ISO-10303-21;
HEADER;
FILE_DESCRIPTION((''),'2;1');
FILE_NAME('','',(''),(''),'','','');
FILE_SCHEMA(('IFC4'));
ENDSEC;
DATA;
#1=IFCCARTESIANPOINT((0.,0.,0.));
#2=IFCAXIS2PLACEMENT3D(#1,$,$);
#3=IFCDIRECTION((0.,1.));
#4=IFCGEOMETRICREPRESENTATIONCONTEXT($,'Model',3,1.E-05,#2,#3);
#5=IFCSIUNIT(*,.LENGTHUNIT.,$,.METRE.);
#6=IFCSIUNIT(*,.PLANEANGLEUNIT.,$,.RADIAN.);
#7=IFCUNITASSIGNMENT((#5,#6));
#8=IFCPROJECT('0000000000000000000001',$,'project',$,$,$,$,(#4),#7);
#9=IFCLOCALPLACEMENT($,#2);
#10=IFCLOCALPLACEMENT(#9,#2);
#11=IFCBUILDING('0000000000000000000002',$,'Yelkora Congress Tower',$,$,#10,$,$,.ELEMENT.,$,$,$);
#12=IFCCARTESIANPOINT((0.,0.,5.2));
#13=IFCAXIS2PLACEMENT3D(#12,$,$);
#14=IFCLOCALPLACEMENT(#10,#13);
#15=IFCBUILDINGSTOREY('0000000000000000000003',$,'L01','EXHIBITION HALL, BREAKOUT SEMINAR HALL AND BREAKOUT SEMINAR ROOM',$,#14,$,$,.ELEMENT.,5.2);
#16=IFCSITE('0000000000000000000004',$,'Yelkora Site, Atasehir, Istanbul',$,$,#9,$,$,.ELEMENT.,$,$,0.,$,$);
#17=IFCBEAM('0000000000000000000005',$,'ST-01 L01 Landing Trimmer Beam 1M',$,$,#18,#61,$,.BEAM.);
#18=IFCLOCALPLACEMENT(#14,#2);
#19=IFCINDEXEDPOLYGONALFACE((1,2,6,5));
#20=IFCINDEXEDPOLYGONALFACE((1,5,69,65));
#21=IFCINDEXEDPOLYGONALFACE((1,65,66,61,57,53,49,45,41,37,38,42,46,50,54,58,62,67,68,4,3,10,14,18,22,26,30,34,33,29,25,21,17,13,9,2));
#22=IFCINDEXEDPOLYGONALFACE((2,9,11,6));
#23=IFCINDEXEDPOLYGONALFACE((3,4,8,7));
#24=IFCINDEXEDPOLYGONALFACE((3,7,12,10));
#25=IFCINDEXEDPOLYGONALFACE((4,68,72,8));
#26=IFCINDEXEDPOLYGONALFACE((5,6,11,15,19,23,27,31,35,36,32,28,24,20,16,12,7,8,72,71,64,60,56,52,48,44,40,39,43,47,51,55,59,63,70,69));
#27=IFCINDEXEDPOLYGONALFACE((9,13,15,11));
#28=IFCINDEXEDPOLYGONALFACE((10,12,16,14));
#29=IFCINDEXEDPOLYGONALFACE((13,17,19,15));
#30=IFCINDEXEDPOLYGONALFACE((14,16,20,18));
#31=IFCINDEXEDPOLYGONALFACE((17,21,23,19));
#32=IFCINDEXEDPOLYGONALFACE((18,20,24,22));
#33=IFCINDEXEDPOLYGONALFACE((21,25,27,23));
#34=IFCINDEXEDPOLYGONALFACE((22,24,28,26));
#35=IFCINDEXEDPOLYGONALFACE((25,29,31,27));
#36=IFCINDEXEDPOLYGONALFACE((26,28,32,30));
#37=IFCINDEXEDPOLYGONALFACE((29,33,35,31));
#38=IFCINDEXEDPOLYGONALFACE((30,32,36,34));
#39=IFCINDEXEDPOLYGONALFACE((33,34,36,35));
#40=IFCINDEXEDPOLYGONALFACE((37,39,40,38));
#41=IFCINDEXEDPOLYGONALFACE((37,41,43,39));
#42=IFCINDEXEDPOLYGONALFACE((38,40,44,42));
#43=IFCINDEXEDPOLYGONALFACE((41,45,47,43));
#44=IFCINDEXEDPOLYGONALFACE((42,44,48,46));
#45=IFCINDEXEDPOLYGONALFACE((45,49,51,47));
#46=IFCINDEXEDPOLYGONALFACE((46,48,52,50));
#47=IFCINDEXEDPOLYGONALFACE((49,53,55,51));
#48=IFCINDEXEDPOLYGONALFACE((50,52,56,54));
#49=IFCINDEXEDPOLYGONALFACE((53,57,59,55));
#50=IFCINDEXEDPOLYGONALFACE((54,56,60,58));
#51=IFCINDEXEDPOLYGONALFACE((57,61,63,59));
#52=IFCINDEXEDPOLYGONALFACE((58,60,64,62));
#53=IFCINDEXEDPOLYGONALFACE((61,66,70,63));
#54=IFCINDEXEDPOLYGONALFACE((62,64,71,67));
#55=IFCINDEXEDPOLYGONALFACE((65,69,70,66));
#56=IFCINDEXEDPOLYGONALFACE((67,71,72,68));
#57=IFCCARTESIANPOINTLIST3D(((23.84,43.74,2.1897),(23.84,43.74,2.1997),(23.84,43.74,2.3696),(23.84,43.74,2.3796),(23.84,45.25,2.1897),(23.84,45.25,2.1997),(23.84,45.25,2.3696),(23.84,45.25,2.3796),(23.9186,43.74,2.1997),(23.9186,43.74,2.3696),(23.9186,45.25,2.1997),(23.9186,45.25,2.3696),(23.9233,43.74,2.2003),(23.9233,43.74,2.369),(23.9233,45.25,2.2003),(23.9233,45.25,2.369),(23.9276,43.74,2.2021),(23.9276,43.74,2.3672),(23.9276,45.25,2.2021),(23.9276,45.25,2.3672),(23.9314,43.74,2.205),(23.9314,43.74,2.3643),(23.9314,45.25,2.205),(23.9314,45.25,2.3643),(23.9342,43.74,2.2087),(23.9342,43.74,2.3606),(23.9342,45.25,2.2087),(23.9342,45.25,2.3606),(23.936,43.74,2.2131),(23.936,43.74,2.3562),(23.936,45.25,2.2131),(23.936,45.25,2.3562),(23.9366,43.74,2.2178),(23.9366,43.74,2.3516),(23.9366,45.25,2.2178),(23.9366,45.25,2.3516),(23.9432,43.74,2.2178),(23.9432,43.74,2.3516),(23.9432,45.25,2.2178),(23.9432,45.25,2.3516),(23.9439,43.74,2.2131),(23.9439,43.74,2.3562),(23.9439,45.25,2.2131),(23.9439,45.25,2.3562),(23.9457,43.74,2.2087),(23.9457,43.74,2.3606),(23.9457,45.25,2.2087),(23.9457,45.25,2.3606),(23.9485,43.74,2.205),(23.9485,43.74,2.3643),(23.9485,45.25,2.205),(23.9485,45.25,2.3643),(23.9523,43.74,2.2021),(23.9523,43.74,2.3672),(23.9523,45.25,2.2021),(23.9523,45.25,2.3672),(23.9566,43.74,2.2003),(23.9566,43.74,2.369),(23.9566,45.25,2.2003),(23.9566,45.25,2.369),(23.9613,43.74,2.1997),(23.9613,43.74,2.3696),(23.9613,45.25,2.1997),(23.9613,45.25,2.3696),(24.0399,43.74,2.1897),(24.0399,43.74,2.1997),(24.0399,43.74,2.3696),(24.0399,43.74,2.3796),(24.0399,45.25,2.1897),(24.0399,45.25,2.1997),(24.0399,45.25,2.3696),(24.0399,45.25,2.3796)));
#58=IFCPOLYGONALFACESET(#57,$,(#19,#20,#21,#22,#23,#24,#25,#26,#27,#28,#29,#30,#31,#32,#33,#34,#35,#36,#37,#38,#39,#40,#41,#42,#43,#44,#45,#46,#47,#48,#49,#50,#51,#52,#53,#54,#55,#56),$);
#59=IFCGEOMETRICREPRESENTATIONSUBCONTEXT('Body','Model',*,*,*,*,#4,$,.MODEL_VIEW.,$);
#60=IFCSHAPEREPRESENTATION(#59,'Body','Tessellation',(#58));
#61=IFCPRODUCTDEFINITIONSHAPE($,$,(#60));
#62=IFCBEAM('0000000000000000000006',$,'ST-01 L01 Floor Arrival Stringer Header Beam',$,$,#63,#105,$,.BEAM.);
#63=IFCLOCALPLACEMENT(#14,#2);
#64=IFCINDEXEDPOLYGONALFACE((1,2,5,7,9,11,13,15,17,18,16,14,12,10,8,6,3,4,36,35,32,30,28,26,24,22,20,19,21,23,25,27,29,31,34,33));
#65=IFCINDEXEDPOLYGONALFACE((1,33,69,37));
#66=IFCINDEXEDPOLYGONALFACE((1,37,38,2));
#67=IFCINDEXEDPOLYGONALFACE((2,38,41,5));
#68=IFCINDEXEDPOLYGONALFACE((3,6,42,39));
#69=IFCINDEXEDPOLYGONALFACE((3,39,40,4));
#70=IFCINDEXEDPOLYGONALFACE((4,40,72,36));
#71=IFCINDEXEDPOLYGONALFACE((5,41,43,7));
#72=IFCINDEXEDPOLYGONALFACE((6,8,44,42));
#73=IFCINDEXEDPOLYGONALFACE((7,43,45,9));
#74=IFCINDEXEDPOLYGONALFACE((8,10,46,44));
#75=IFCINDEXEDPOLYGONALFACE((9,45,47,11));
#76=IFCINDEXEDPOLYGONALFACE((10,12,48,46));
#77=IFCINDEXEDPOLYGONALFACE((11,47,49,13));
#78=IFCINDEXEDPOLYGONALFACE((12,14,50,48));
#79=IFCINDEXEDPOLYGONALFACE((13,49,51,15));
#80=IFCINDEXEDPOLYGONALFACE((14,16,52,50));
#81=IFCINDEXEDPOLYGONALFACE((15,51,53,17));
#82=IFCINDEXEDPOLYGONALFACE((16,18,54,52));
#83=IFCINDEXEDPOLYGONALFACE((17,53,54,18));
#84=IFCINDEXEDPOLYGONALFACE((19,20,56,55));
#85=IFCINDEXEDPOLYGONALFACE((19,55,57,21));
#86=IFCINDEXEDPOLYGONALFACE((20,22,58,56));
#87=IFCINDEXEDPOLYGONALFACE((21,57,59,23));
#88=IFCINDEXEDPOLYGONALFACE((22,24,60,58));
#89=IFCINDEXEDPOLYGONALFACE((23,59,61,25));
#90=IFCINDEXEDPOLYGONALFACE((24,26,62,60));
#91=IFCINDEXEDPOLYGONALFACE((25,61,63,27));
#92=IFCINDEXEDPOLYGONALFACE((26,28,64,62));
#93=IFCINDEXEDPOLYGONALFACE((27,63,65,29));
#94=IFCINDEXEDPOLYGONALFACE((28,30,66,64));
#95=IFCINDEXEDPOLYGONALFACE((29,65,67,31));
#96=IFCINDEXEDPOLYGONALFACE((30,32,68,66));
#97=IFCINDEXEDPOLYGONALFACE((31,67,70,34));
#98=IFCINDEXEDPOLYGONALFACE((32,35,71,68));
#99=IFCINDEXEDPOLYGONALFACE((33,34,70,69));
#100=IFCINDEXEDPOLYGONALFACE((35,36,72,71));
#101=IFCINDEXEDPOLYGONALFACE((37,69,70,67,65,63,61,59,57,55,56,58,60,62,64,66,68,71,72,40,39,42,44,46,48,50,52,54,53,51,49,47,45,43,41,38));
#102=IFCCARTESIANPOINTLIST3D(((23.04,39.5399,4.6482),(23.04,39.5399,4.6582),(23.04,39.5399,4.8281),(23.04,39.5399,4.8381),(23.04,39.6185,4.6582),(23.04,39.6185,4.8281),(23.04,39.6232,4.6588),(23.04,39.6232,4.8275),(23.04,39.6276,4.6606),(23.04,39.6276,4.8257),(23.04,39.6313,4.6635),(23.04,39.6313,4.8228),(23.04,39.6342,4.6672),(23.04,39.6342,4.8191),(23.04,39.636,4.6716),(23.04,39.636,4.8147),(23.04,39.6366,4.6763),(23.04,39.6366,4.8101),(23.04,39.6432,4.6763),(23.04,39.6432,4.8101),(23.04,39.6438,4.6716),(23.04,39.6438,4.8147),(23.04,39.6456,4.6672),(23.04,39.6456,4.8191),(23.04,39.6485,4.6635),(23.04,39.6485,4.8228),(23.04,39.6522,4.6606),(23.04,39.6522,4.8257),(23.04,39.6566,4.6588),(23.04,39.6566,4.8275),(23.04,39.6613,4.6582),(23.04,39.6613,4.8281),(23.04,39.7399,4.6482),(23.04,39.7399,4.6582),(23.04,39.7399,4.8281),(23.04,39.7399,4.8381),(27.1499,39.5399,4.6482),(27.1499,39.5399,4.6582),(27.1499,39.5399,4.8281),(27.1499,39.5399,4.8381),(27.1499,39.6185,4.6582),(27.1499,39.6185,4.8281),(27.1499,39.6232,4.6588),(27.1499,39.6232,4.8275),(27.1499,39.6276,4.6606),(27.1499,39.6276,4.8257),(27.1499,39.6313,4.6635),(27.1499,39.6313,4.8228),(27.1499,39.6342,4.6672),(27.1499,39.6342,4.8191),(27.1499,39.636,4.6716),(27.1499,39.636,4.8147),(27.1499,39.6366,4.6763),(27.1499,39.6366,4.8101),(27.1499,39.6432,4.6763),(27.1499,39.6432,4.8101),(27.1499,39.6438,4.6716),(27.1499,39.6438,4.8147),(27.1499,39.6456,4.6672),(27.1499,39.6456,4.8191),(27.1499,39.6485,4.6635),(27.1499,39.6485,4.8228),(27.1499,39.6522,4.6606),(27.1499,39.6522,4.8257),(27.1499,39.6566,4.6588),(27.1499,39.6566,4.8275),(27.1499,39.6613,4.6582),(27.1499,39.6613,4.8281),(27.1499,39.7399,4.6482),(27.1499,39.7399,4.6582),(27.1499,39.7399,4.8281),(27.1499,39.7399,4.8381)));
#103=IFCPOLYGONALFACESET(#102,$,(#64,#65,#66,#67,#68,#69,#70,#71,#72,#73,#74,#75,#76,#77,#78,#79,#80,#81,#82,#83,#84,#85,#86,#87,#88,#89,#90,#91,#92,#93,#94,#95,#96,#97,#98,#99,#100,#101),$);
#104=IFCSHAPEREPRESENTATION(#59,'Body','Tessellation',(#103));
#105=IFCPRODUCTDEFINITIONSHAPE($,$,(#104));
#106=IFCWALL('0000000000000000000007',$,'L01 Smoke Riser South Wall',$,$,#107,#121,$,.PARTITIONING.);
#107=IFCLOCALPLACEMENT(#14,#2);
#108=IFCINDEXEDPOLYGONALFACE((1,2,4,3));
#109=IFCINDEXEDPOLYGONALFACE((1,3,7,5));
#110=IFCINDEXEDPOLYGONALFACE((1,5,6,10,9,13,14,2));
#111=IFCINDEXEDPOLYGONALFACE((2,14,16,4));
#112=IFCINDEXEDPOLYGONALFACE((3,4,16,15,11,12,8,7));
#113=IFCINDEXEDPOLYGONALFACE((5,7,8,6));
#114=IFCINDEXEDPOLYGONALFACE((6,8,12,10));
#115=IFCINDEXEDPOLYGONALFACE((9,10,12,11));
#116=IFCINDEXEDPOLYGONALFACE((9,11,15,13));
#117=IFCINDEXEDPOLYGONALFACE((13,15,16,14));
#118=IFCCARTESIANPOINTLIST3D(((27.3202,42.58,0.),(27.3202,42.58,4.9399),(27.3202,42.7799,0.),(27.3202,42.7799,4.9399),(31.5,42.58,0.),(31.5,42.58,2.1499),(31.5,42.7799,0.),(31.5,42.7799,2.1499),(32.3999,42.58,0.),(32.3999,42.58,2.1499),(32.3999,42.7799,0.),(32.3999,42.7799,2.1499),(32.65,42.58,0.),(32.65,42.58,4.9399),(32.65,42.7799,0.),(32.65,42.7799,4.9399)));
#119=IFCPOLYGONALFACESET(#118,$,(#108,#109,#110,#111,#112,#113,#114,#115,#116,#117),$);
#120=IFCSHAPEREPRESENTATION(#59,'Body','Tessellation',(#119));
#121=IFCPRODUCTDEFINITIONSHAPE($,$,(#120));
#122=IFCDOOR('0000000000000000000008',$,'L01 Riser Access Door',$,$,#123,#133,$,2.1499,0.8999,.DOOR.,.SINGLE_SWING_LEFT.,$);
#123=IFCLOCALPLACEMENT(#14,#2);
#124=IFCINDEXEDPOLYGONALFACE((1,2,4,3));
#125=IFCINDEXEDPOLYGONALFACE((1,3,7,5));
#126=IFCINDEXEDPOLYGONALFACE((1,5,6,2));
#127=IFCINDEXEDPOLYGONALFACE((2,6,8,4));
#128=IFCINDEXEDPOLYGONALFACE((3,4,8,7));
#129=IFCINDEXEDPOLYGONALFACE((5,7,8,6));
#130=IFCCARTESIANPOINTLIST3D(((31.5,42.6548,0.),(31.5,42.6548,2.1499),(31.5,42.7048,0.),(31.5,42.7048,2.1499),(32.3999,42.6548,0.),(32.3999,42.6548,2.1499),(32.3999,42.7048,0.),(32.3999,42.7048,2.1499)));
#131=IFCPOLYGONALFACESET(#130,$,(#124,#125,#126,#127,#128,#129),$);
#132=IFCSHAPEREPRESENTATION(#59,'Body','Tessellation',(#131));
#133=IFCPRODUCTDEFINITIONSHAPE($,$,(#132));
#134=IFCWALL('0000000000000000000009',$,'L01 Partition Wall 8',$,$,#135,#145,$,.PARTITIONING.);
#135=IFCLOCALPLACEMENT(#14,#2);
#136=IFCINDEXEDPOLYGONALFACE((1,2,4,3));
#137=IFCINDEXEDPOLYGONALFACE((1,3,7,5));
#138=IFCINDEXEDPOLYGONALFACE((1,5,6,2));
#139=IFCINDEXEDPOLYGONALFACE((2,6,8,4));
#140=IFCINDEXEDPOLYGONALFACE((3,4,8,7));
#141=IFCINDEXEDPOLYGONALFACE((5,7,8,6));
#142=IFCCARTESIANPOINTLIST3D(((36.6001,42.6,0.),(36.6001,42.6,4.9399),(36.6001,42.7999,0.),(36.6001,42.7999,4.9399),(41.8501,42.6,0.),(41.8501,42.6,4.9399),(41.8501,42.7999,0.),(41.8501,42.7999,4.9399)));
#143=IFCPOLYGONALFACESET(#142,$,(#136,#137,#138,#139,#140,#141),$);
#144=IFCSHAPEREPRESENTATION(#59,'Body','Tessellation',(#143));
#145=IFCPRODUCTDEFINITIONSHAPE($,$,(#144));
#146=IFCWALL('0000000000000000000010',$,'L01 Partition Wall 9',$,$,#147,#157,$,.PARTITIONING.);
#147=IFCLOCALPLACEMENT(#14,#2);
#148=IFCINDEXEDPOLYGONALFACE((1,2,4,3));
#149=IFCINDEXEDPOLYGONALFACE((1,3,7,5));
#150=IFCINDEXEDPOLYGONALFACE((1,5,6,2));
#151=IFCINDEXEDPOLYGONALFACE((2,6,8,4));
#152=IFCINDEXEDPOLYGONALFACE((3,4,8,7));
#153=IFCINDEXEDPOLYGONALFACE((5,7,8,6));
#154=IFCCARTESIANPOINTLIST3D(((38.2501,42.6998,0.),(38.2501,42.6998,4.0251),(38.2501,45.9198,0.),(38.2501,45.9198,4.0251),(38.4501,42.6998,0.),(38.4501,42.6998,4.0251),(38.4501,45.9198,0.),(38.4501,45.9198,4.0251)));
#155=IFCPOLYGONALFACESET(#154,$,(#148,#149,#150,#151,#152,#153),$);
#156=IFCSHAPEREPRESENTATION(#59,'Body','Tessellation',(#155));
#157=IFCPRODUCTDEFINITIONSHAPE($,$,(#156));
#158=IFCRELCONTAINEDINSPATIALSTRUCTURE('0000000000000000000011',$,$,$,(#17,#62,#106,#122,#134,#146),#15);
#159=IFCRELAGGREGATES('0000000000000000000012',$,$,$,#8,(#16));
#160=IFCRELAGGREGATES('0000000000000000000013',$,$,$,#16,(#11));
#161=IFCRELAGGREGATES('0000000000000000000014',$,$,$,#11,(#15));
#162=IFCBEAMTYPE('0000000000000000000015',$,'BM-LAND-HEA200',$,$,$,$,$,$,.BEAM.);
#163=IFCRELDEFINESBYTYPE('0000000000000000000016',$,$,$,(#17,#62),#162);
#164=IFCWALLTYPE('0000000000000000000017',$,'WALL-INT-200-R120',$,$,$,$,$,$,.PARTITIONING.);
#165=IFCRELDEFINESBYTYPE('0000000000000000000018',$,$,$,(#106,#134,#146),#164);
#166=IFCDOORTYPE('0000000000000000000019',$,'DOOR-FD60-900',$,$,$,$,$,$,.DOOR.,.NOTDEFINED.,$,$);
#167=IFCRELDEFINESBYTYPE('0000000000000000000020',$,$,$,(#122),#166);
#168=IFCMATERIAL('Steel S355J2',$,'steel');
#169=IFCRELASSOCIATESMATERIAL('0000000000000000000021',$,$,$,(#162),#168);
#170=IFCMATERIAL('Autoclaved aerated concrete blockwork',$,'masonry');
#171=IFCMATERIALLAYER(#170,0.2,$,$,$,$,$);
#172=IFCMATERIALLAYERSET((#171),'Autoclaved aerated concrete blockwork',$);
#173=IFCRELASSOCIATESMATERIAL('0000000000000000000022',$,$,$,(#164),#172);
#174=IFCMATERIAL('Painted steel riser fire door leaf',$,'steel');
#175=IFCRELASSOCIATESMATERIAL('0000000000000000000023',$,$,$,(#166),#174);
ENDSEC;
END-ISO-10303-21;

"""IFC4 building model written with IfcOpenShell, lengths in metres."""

from ifc_helpers import new_model, si_unit, direction, frame, frame_2d, origin, origin_2d, place, context, subcontext, project, spatial, rectangle, i_section, extrude, material, layer, layer_set, material_profile, profile_set, type_object, element, fill, save


model = new_model("IFC4")

# Units and contexts
model_context = context("Model", 3, precision=1e-05, world=origin(), true_north=direction((0.0, 1.0)))
body_context = subcontext(model_context, "Body", "Model", "MODEL_VIEW")
ifc_project = project(units=[si_unit("LENGTHUNIT", "METRE"), si_unit("PLANEANGLEUNIT", "RADIAN")], contexts=[model_context])

# Site, building, storey
site_placement = place(None, origin())
site = spatial("IfcSite", under=ifc_project, at=site_placement, Name="Yelkora Site, Atasehir, Istanbul", CompositionType="ELEMENT", RefElevation=0.0)
building_placement = place(site_placement, origin())
building = spatial("IfcBuilding", under=site, at=building_placement, Name="Yelkora Congress Tower", CompositionType="ELEMENT")
storey_placement = place(building_placement, frame((0.0, 0.0, 5.2)))
storey = spatial("IfcBuildingStorey", under=building, at=storey_placement, Name="L01", Description="EXHIBITION HALL, BREAKOUT SEMINAR HALL AND BREAKOUT SEMINAR ROOM", CompositionType="ELEMENT", Elevation=5.2)

# Beams
ifc_material_1 = material(Name="Steel S355J2", Category="steel")
ifc_material_profile_1 = material_profile(ifc_material_1, i_section(OverallWidth=0.2, OverallDepth=0.1899, WebThickness=0.0066, FlangeThickness=0.01, FilletRadius=0.0181, at=origin_2d()), Name="HEA 200")
ifc_profile_set_1 = profile_set([ifc_material_profile_1], Name="Steel S355J2")
beam_type_1 = type_object("IfcBeamType", Name="BM-LAND-HEA200", PredefinedType="BEAM", material=ifc_profile_set_1)
beam_1_placement = place(storey_placement, frame((23.9399, 43.74, 2.2847), z_axis=(0.0, 1.0, 0.0), x_axis=(-1.0, 0.0, 0.0)))
element("IfcBeam", 1, at=beam_1_placement, inside=storey, type_object=beam_type_1, Name="ST-01 L01 Landing Trimmer Beam 1M", PredefinedType="BEAM", context=body_context, shape_type="SweptSolid", body=[
    extrude(i_section(OverallWidth=0.2, OverallDepth=0.1899, WebThickness=0.0066, FlangeThickness=0.01, FilletRadius=0.0181, at=origin_2d()), origin(), (0.0, 0.0, 1.0), 1.51),
])
beam_2_placement = place(storey_placement, frame((23.04, 39.6399, 4.7432), z_axis=(1.0, 0.0, 0.0), x_axis=(0.0, 1.0, 0.0)))
element("IfcBeam", 2, at=beam_2_placement, inside=storey, type_object=beam_type_1, Name="ST-01 L01 Floor Arrival Stringer Header Beam", PredefinedType="BEAM", context=body_context, shape_type="SweptSolid", body=[
    extrude(i_section(OverallWidth=0.2, OverallDepth=0.1899, WebThickness=0.0066, FlangeThickness=0.01, FilletRadius=0.0181, at=origin_2d()), origin(), (0.0, 0.0, 1.0), 4.1099),
])

# Wall, opening, door
ifc_material_2 = material(Name="Autoclaved aerated concrete blockwork", Category="masonry")
ifc_layer_1 = layer(ifc_material_2, 0.2)
ifc_layer_set_1 = layer_set([ifc_layer_1], Name="Autoclaved aerated concrete blockwork")
wall_type = type_object("IfcWallType", Name="WALL-INT-200-R120", PredefinedType="PARTITIONING", material=ifc_layer_set_1)
wall_1_placement = place(storey_placement, frame((27.3201, 42.6799, 0.0), z_axis=(0.0, 0.0, 1.0), x_axis=(1.0, 0.0, 0.0)))
wall_1 = element("IfcWall", 3, at=wall_1_placement, inside=storey, type_object=wall_type, Name="L01 Smoke Riser South Wall", PredefinedType="PARTITIONING", context=body_context, shape_type="SweptSolid", body=[
    extrude(rectangle(XDim=5.3298, YDim=0.2, at=frame_2d((2.665, 0.0))), origin(), (0.0, 0.0, 1.0), 4.9399),
])
opening_1_placement = place(wall_1_placement, frame((4.1799, 0.0, 0.0)))
opening_1 = element("IfcOpeningElement", 4, at=opening_1_placement, cuts=wall_1, PredefinedType="OPENING", context=body_context, shape_type="SweptSolid", body=[
    extrude(rectangle(XDim=0.8999, YDim=2.1499, at=frame_2d((0.45, 1.075))), frame((0.0, 0.1099, 0.0), z_axis=(0.0, -1.0, 0.0), x_axis=(1.0, 0.0, 0.0)), (0.0, 0.0, 1.0), 0.22),
])
ifc_material_3 = material(Name="Painted steel riser fire door leaf", Category="steel")
door_type_1 = type_object("IfcDoorType", Name="DOOR-FD60-900", OperationType="NOTDEFINED", PredefinedType="DOOR", material=ifc_material_3)
door_1_placement = place(opening_1_placement, origin())
door_1 = element("IfcDoor", 5, at=door_1_placement, inside=storey, type_object=door_type_1, Name="L01 Riser Access Door", OperationType="SINGLE_SWING_LEFT", OverallHeight=2.1499, OverallWidth=0.8999, PredefinedType="DOOR", context=body_context, shape_type="SweptSolid", body=[
    extrude(rectangle(XDim=0.8999, YDim=2.1499, at=frame_2d((0.45, 1.075))), frame((0.0, 0.0249, 0.0), z_axis=(0.0, -1.0, 0.0), x_axis=(1.0, 0.0, 0.0)), (0.0, 0.0, 1.0), 0.05),
])
fill(opening_1, door_1)

# Walls
wall_2_placement = place(storey_placement, frame((36.6001, 42.7, 0.0), z_axis=(0.0, 0.0, 1.0), x_axis=(1.0, 0.0, 0.0)))
element("IfcWall", 6, at=wall_2_placement, inside=storey, type_object=wall_type, Name="L01 Partition Wall 8", PredefinedType="PARTITIONING", context=body_context, shape_type="SweptSolid", body=[
    extrude(rectangle(XDim=5.25, YDim=0.2, at=frame_2d((2.625, 0.0))), origin(), (0.0, 0.0, 1.0), 4.9399),
])
wall_3_placement = place(storey_placement, frame((38.3501, 42.7, 0.0), z_axis=(0.0, 0.0, 1.0), x_axis=(0.0, 1.0, 0.0)))
element("IfcWall", 7, at=wall_3_placement, inside=storey, type_object=wall_type, Name="L01 Partition Wall 9", PredefinedType="PARTITIONING", context=body_context, shape_type="SweptSolid", body=[
    extrude(rectangle(XDim=3.22, YDim=0.2, at=frame_2d((1.6099, 0.0))), origin(), (0.0, 0.0, 1.0), 4.0251),
])

save(model, "model.ifc")
